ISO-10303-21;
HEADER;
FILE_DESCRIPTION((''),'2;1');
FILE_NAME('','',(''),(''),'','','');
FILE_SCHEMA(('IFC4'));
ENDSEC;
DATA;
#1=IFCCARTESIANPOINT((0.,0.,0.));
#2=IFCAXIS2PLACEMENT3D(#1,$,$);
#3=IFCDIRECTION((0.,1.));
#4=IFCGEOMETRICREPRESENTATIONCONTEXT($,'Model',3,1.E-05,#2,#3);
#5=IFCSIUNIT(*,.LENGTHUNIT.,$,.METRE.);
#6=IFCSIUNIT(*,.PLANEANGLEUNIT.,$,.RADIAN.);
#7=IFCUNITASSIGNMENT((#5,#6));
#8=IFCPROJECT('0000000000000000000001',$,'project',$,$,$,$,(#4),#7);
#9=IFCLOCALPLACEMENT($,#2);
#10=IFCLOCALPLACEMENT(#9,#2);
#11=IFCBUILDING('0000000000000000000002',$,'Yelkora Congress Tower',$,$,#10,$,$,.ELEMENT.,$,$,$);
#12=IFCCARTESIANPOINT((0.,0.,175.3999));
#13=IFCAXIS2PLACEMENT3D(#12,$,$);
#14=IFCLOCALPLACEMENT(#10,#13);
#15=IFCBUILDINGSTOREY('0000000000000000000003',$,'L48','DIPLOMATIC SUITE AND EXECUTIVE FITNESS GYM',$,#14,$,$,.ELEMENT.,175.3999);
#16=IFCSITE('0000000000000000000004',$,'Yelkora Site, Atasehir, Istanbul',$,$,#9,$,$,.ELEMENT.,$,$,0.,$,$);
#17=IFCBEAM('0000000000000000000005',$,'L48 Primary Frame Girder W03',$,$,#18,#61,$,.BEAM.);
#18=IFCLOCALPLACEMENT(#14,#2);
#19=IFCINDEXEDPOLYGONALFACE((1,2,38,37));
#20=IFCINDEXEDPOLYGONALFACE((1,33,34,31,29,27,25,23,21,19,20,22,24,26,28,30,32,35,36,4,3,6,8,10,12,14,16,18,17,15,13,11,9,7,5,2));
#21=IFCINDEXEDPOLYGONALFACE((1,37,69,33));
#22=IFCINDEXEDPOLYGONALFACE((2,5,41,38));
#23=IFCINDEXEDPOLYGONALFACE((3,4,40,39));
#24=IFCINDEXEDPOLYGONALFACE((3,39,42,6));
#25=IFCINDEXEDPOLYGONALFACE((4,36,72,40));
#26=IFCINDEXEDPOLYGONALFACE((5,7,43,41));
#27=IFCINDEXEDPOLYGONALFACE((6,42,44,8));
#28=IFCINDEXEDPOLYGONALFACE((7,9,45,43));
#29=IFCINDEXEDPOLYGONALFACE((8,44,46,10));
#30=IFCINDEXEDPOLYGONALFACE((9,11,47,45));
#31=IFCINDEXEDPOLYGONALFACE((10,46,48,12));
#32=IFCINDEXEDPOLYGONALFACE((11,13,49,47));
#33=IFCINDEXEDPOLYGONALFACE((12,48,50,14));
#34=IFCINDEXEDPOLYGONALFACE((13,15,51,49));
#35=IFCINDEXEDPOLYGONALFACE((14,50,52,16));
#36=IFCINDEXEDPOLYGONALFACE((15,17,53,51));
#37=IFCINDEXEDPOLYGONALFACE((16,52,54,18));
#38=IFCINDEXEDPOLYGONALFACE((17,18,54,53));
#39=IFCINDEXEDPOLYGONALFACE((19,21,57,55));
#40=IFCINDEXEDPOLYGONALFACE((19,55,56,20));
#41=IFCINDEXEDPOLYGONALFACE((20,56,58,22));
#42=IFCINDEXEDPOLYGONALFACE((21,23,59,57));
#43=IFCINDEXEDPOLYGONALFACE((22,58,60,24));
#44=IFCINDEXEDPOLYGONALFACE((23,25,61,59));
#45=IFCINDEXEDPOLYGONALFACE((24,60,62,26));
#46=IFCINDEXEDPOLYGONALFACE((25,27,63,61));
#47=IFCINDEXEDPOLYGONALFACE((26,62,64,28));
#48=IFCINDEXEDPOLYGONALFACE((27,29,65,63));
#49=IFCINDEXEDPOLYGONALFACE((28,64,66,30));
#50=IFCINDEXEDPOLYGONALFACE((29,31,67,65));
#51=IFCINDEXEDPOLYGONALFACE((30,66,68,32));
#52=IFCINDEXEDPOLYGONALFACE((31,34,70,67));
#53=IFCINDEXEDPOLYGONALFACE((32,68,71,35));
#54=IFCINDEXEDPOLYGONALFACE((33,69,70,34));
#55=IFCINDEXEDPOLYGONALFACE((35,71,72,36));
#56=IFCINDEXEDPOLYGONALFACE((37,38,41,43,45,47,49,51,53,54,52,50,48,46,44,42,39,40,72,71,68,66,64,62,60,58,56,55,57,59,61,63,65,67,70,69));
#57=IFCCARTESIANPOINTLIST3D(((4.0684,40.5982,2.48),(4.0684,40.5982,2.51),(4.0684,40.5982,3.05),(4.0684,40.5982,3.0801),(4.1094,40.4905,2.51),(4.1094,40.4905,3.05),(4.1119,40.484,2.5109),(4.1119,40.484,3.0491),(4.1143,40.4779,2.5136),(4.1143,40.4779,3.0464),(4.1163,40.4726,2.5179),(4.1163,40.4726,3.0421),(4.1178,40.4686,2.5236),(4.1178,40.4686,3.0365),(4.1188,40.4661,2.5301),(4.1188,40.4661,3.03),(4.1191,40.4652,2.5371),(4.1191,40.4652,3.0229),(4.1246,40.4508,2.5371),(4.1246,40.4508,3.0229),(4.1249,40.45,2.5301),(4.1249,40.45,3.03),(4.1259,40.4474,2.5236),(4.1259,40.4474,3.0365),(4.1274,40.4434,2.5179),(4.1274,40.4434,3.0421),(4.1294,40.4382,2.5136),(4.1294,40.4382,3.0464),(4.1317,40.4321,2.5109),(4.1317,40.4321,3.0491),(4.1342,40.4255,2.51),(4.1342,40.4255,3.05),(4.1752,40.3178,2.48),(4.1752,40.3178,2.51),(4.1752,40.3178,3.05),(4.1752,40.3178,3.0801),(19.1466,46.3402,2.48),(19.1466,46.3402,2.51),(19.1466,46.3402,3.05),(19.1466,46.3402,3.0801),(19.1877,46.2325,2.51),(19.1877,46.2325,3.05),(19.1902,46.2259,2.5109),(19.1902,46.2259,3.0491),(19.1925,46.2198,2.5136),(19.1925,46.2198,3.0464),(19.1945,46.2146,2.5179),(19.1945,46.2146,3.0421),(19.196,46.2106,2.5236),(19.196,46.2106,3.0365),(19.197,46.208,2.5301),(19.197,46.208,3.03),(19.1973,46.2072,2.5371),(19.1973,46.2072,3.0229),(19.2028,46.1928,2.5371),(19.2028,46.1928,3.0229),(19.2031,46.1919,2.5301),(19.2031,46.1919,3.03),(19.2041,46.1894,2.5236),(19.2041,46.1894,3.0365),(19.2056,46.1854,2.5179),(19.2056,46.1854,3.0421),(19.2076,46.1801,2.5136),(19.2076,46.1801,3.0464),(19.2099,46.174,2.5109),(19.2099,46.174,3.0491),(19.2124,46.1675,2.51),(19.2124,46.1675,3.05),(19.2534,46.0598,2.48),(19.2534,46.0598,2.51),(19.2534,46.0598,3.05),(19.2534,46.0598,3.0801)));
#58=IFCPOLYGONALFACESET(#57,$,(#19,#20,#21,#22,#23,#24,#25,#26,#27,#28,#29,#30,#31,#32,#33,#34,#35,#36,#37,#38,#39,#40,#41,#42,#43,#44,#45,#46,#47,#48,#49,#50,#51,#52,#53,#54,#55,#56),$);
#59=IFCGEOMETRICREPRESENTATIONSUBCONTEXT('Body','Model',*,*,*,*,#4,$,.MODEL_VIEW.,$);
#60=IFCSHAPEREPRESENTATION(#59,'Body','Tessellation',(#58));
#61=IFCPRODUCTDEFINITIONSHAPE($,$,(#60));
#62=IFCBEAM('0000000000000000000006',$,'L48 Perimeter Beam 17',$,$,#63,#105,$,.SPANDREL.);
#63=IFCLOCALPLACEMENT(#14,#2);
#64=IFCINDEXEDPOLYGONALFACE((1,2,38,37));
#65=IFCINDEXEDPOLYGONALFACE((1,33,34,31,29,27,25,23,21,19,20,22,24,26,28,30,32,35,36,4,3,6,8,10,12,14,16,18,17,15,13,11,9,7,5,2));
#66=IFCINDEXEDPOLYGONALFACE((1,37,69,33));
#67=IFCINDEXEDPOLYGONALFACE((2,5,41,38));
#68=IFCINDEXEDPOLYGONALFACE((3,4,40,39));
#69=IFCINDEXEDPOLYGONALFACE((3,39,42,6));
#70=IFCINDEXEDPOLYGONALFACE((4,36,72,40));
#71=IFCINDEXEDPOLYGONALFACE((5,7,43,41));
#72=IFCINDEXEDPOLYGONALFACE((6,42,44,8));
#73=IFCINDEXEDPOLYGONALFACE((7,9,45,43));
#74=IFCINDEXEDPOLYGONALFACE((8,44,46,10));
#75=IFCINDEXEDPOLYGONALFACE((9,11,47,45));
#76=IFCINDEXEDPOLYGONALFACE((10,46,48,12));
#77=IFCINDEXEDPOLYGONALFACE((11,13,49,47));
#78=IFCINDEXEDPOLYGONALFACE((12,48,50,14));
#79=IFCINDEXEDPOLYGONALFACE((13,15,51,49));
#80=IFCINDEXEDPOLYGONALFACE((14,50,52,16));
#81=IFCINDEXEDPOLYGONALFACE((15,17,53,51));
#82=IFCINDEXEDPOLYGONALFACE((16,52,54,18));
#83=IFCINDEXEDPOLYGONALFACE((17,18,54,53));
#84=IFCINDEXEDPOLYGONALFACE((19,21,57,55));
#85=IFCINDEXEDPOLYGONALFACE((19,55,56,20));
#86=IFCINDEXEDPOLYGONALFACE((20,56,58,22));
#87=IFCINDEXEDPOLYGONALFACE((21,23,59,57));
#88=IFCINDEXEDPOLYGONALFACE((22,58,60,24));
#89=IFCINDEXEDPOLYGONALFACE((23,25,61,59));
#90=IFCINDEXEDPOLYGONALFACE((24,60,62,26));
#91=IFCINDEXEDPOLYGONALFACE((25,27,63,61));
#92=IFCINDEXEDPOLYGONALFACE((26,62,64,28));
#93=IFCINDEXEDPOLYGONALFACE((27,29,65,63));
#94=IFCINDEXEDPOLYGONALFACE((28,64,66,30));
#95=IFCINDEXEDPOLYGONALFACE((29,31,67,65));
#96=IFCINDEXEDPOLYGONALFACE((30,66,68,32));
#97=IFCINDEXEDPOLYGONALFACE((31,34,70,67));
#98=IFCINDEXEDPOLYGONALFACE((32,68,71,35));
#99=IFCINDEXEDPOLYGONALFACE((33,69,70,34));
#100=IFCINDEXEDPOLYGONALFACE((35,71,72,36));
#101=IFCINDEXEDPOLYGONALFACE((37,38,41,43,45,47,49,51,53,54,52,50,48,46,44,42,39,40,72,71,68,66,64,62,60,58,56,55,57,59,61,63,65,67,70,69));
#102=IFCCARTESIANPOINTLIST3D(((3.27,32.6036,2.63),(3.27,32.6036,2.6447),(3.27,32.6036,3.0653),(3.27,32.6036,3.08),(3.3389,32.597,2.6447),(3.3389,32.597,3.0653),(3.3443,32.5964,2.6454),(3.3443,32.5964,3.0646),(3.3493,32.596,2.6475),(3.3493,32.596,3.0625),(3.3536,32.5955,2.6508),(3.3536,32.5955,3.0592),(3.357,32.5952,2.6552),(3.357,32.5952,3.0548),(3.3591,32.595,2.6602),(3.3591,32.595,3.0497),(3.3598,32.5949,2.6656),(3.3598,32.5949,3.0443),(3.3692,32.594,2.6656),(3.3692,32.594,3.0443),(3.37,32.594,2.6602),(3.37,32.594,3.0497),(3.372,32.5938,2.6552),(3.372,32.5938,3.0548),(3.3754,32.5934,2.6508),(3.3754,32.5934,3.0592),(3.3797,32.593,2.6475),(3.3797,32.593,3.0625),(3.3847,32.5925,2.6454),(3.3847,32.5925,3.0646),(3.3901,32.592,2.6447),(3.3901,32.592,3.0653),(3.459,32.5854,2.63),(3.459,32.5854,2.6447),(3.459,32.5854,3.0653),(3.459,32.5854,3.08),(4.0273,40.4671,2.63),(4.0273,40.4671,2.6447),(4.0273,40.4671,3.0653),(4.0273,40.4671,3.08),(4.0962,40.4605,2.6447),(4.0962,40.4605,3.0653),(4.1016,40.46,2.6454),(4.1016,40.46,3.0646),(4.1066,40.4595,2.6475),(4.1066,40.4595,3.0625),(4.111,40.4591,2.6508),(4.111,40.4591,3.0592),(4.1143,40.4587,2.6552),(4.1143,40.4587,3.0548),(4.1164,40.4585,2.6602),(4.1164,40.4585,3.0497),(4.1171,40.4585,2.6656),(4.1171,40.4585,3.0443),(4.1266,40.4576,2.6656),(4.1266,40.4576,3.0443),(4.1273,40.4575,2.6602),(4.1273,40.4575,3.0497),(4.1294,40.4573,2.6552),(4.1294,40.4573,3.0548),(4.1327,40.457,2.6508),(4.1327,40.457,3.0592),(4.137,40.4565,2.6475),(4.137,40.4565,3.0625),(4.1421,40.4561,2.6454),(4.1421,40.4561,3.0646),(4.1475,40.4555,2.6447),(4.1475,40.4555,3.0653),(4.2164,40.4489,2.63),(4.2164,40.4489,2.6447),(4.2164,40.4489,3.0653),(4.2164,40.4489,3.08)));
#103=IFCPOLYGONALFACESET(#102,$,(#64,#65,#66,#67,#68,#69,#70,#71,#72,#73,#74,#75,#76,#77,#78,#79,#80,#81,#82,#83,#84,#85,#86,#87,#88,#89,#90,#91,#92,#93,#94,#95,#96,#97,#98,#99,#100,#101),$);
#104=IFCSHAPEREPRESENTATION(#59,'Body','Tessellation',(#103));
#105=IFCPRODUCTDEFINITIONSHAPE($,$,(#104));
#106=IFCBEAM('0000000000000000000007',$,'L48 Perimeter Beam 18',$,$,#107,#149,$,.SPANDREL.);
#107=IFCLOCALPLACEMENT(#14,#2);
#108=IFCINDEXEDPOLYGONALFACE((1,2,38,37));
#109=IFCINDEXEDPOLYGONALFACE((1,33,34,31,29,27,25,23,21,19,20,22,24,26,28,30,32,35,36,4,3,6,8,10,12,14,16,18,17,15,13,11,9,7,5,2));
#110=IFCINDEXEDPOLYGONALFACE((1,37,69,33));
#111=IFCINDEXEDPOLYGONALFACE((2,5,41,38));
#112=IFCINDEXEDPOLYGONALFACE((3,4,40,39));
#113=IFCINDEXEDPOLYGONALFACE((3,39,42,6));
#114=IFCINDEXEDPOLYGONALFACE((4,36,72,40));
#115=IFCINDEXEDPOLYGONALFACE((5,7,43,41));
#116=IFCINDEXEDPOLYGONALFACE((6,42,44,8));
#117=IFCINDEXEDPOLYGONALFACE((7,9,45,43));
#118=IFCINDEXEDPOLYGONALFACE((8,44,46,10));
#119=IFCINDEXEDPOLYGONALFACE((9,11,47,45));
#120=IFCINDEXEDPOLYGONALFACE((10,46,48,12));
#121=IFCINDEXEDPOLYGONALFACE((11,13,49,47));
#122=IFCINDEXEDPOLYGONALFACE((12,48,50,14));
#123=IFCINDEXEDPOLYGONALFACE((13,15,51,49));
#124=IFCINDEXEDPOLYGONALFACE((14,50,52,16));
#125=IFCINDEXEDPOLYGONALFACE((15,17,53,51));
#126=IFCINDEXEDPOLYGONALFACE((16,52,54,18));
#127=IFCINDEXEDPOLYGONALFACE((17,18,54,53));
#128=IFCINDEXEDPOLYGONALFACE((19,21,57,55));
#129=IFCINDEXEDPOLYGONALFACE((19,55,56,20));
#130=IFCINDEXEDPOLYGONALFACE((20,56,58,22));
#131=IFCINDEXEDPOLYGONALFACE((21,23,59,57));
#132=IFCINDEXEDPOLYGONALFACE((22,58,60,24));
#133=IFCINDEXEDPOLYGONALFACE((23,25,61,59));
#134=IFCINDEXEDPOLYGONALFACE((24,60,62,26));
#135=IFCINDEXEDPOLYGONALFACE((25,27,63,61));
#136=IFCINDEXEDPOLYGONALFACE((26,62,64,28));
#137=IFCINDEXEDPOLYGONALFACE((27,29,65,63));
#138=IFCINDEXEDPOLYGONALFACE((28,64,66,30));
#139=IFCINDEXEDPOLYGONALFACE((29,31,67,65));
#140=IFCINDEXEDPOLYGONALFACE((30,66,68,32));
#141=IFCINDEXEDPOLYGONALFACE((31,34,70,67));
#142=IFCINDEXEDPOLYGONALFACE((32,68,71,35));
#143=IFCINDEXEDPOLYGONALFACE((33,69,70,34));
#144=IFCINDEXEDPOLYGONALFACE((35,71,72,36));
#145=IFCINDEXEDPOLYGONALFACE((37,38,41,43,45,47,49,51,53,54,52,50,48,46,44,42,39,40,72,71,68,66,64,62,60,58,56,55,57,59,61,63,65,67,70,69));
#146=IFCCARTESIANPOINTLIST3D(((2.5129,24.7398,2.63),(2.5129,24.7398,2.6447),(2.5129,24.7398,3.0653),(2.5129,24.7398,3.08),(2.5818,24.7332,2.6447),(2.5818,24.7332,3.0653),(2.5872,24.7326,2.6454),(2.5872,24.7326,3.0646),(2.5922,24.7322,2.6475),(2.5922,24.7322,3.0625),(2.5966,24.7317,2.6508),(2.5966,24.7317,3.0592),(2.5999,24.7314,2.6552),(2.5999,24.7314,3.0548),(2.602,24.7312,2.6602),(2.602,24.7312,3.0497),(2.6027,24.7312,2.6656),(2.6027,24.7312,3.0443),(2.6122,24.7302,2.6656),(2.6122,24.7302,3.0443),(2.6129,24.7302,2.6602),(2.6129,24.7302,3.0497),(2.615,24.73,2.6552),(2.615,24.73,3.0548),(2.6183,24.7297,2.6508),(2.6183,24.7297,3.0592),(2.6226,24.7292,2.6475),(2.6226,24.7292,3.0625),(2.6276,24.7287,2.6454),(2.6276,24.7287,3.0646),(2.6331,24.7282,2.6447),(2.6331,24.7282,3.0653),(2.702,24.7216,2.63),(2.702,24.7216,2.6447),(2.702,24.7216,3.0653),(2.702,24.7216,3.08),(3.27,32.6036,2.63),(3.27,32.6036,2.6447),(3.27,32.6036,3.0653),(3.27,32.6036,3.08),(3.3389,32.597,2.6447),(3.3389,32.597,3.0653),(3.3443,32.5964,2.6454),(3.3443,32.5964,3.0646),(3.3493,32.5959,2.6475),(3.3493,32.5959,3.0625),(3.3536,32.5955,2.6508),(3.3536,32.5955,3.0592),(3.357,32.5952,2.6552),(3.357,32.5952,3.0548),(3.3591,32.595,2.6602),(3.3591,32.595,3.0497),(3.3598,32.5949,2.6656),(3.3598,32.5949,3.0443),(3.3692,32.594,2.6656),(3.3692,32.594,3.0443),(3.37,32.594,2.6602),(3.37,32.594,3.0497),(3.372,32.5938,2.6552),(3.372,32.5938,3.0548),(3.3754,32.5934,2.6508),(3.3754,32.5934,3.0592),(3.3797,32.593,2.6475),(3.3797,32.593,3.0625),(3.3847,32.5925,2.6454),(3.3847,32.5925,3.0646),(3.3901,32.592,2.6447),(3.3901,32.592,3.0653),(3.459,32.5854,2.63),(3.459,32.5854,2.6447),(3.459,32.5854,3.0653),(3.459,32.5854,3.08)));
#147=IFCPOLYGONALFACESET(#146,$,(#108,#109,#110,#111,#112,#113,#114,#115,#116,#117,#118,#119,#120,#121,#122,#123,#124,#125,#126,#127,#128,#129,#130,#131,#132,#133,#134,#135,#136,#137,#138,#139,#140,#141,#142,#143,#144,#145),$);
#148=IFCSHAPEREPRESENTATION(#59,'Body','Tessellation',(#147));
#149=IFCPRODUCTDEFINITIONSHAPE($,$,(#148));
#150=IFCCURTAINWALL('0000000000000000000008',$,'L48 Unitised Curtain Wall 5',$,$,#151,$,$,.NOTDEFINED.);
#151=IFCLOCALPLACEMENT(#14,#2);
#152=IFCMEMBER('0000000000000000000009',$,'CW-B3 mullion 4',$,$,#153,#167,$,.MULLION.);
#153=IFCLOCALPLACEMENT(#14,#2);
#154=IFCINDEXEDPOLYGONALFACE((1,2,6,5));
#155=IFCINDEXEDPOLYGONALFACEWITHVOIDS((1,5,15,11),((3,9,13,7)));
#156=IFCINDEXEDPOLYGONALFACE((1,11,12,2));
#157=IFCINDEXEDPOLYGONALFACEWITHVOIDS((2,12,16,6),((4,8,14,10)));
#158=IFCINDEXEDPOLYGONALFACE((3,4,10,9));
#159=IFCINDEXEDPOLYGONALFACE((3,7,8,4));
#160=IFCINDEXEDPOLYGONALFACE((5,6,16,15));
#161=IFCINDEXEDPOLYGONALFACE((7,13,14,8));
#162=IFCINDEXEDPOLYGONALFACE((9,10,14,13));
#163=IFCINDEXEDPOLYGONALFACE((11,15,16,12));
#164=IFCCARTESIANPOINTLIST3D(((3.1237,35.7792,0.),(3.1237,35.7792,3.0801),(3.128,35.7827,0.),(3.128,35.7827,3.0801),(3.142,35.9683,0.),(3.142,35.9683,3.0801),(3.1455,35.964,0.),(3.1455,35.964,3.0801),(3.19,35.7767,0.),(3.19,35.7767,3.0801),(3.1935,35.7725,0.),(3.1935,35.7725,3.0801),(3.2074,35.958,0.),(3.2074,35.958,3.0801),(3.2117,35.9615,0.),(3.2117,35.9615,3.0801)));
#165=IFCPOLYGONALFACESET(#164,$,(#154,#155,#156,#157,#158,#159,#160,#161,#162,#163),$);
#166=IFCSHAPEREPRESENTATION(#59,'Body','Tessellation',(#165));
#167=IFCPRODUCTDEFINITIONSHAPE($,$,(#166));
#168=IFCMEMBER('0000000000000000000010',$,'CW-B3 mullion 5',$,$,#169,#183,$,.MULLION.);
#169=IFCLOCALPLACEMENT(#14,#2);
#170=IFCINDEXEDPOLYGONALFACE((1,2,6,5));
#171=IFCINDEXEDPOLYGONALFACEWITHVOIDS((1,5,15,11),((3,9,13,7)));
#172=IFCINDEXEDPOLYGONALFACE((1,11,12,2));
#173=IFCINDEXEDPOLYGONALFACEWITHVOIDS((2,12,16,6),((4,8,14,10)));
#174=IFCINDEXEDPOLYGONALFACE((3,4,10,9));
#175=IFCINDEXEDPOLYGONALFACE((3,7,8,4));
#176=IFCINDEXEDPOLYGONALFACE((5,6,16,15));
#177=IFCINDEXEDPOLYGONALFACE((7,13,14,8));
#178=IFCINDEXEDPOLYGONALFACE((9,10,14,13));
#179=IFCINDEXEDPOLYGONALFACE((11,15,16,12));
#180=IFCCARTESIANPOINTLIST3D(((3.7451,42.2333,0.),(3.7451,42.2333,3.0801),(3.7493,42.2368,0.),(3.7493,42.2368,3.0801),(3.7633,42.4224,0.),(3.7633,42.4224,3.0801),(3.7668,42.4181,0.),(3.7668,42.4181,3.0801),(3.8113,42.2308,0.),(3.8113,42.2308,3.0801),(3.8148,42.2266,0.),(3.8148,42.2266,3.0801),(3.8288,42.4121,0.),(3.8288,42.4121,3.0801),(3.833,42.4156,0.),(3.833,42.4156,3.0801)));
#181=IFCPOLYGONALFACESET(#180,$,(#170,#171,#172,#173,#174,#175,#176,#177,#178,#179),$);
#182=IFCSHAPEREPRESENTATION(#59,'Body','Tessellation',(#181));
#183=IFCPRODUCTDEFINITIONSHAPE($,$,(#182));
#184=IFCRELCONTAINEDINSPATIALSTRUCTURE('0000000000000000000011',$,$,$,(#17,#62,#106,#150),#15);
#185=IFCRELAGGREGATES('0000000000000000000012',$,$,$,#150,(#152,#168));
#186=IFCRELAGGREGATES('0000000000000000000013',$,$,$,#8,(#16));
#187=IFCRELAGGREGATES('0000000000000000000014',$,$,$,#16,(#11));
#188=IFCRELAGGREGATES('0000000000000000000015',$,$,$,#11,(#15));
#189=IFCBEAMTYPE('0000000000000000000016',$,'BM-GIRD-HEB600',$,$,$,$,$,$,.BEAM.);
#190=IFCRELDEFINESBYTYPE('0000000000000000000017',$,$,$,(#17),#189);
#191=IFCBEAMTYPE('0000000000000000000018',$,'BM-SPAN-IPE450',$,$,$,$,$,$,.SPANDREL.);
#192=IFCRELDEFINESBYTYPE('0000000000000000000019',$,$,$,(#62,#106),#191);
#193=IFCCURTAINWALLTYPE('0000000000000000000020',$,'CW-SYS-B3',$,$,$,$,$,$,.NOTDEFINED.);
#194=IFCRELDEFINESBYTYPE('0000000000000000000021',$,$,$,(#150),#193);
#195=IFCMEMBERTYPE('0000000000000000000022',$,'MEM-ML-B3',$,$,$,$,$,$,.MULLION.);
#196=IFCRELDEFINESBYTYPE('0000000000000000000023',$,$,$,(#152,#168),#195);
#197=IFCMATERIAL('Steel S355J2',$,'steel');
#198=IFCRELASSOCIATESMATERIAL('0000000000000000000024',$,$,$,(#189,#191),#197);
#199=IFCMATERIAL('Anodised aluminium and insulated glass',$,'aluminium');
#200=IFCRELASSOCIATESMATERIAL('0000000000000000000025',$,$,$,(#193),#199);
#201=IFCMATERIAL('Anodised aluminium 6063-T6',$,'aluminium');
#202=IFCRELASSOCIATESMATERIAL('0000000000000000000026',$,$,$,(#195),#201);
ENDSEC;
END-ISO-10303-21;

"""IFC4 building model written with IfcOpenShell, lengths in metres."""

from ifc_helpers import new_model, si_unit, direction, frame, origin, origin_2d, place, context, subcontext, project, spatial, hollow_rectangle, i_section, extrude, material, material_profile, profile_set, type_object, element, aggregate, save


model = new_model("IFC4")

# Units and contexts
model_context = context("Model", 3, precision=1e-05, world=origin(), true_north=direction((0.0, 1.0)))
body_context = subcontext(model_context, "Body", "Model", "MODEL_VIEW")
ifc_project = project(units=[si_unit("LENGTHUNIT", "METRE"), si_unit("PLANEANGLEUNIT", "RADIAN")], contexts=[model_context])

# Site, building, storey
site_placement = place(None, origin())
site = spatial("IfcSite", under=ifc_project, at=site_placement, Name="Yelkora Site, Atasehir, Istanbul", CompositionType="ELEMENT", RefElevation=0.0)
building_placement = place(site_placement, origin())
building = spatial("IfcBuilding", under=site, at=building_placement, Name="Yelkora Congress Tower", CompositionType="ELEMENT")
storey_placement = place(building_placement, frame((0.0, 0.0, 175.3999)))
storey = spatial("IfcBuildingStorey", under=building, at=storey_placement, Name="L48", Description="DIPLOMATIC SUITE AND EXECUTIVE FITNESS GYM", CompositionType="ELEMENT", Elevation=175.3999)

# Beams
ifc_material_1 = material(Name="Steel S355J2", Category="steel")
ifc_material_profile_1 = material_profile(ifc_material_1, i_section(OverallWidth=0.3, OverallDepth=0.6001, WebThickness=0.0154, FlangeThickness=0.03, FilletRadius=0.0271, at=origin_2d()), Name="HEB 600")
ifc_profile_set_1 = profile_set([ifc_material_profile_1], Name="Steel S355J2")
beam_type_1 = type_object("IfcBeamType", Name="BM-GIRD-HEB600", PredefinedType="BEAM", material=ifc_profile_set_1)
beam_1_placement = place(storey_placement, frame((4.1218, 40.458, 2.78), z_axis=(0.934531, 0.355881, 0.0), x_axis=(-0.355881, 0.934531, 0.0)))
element("IfcBeam", 1, at=beam_1_placement, inside=storey, type_object=beam_type_1, Name="L48 Primary Frame Girder W03", PredefinedType="BEAM", context=body_context, shape_type="SweptSolid", body=[
    extrude(i_section(OverallWidth=0.3, OverallDepth=0.6001, WebThickness=0.0154, FlangeThickness=0.03, FilletRadius=0.0271, at=origin_2d()), origin(), (0.0, 0.0, 1.0), 16.1345),
])
ifc_material_profile_2 = material_profile(ifc_material_1, i_section(OverallWidth=0.1899, OverallDepth=0.45, WebThickness=0.0095, FlangeThickness=0.0146, FilletRadius=0.021, at=origin_2d()), Name="IPE 450")
ifc_profile_set_2 = profile_set([ifc_material_profile_2], Name="Steel S355J2")
beam_type_2 = type_object("IfcBeamType", Name="BM-SPAN-IPE450", PredefinedType="SPANDREL", material=ifc_profile_set_2)
beam_2_placement = place(storey_placement, frame((4.1218, 40.458, 2.855), z_axis=(-0.095865, -0.995394, 0.0), x_axis=(0.995394, -0.095865, 0.0)))
element("IfcBeam", 2, at=beam_2_placement, inside=storey, type_object=beam_type_2, Name="L48 Perimeter Beam 17", PredefinedType="SPANDREL", context=body_context, shape_type="SweptSolid", body=[
    extrude(i_section(OverallWidth=0.1899, OverallDepth=0.45, WebThickness=0.0095, FlangeThickness=0.0146, FilletRadius=0.021, at=origin_2d()), origin(), (0.0, 0.0, 1.0), 7.8999),
])
beam_3_placement = place(storey_placement, frame((3.3645, 32.5945, 2.855), z_axis=(-0.095831, -0.995398, 0.0), x_axis=(0.995398, -0.095831, 0.0)))
element("IfcBeam", 3, at=beam_3_placement, inside=storey, type_object=beam_type_2, Name="L48 Perimeter Beam 18", PredefinedType="SPANDREL", context=body_context, shape_type="SweptSolid", body=[
    extrude(i_section(OverallWidth=0.1899, OverallDepth=0.45, WebThickness=0.0095, FlangeThickness=0.0146, FilletRadius=0.021, at=origin_2d()), origin(), (0.0, 0.0, 1.0), 7.9001),
])

# Curtain wall, members
ifc_material_2 = material(Name="Anodised aluminium and insulated glass", Category="aluminium")
curtain_wall_type = type_object("IfcCurtainWallType", Name="CW-SYS-B3", PredefinedType="NOTDEFINED", material=ifc_material_2)
curtain_wall_placement = place(storey_placement, origin())
curtain_wall = element("IfcCurtainWall", 4, at=curtain_wall_placement, inside=storey, type_object=curtain_wall_type, Name="L48 Unitised Curtain Wall 5", PredefinedType="NOTDEFINED")
ifc_material_3 = material(Name="Anodised aluminium 6063-T6", Category="aluminium")
ifc_material_profile_3 = material_profile(ifc_material_3, hollow_rectangle(XDim=0.0701, YDim=0.1899, WallThickness=0.0039, at=origin_2d()), Name="ALU 70x190x4")
ifc_profile_set_3 = profile_set([ifc_material_profile_3], Name="Anodised aluminium 6063-T6")
member_type_1 = type_object("IfcMemberType", Name="MEM-ML-B3", PredefinedType="MULLION", material=ifc_profile_set_3)
member_1_placement = place(storey_placement, frame((3.1677, 35.8704, 0.0), z_axis=(0.0, 0.0, 1.0), x_axis=(-0.995396, 0.095845, 0.0)))
member_1 = element("IfcMember", 5, at=member_1_placement, type_object=member_type_1, Name="CW-B3 mullion 4", PredefinedType="MULLION", context=body_context, shape_type="SweptSolid", body=[
    extrude(hollow_rectangle(XDim=0.0701, YDim=0.1899, WallThickness=0.0039, at=origin_2d()), origin(), (0.0, 0.0, 1.0), 3.0801),
])
member_2_placement = place(storey_placement, frame((3.7891, 42.3245, 0.0), z_axis=(0.0, 0.0, 1.0), x_axis=(-0.995396, 0.095845, 0.0)))
member_2 = element("IfcMember", 6, at=member_2_placement, type_object=member_type_1, Name="CW-B3 mullion 5", PredefinedType="MULLION", context=body_context, shape_type="SweptSolid", body=[
    extrude(hollow_rectangle(XDim=0.0701, YDim=0.1899, WallThickness=0.0039, at=origin_2d()), origin(), (0.0, 0.0, 1.0), 3.0801),
])
aggregate(curtain_wall, [member_1, member_2])

save(model, "model.ifc")
